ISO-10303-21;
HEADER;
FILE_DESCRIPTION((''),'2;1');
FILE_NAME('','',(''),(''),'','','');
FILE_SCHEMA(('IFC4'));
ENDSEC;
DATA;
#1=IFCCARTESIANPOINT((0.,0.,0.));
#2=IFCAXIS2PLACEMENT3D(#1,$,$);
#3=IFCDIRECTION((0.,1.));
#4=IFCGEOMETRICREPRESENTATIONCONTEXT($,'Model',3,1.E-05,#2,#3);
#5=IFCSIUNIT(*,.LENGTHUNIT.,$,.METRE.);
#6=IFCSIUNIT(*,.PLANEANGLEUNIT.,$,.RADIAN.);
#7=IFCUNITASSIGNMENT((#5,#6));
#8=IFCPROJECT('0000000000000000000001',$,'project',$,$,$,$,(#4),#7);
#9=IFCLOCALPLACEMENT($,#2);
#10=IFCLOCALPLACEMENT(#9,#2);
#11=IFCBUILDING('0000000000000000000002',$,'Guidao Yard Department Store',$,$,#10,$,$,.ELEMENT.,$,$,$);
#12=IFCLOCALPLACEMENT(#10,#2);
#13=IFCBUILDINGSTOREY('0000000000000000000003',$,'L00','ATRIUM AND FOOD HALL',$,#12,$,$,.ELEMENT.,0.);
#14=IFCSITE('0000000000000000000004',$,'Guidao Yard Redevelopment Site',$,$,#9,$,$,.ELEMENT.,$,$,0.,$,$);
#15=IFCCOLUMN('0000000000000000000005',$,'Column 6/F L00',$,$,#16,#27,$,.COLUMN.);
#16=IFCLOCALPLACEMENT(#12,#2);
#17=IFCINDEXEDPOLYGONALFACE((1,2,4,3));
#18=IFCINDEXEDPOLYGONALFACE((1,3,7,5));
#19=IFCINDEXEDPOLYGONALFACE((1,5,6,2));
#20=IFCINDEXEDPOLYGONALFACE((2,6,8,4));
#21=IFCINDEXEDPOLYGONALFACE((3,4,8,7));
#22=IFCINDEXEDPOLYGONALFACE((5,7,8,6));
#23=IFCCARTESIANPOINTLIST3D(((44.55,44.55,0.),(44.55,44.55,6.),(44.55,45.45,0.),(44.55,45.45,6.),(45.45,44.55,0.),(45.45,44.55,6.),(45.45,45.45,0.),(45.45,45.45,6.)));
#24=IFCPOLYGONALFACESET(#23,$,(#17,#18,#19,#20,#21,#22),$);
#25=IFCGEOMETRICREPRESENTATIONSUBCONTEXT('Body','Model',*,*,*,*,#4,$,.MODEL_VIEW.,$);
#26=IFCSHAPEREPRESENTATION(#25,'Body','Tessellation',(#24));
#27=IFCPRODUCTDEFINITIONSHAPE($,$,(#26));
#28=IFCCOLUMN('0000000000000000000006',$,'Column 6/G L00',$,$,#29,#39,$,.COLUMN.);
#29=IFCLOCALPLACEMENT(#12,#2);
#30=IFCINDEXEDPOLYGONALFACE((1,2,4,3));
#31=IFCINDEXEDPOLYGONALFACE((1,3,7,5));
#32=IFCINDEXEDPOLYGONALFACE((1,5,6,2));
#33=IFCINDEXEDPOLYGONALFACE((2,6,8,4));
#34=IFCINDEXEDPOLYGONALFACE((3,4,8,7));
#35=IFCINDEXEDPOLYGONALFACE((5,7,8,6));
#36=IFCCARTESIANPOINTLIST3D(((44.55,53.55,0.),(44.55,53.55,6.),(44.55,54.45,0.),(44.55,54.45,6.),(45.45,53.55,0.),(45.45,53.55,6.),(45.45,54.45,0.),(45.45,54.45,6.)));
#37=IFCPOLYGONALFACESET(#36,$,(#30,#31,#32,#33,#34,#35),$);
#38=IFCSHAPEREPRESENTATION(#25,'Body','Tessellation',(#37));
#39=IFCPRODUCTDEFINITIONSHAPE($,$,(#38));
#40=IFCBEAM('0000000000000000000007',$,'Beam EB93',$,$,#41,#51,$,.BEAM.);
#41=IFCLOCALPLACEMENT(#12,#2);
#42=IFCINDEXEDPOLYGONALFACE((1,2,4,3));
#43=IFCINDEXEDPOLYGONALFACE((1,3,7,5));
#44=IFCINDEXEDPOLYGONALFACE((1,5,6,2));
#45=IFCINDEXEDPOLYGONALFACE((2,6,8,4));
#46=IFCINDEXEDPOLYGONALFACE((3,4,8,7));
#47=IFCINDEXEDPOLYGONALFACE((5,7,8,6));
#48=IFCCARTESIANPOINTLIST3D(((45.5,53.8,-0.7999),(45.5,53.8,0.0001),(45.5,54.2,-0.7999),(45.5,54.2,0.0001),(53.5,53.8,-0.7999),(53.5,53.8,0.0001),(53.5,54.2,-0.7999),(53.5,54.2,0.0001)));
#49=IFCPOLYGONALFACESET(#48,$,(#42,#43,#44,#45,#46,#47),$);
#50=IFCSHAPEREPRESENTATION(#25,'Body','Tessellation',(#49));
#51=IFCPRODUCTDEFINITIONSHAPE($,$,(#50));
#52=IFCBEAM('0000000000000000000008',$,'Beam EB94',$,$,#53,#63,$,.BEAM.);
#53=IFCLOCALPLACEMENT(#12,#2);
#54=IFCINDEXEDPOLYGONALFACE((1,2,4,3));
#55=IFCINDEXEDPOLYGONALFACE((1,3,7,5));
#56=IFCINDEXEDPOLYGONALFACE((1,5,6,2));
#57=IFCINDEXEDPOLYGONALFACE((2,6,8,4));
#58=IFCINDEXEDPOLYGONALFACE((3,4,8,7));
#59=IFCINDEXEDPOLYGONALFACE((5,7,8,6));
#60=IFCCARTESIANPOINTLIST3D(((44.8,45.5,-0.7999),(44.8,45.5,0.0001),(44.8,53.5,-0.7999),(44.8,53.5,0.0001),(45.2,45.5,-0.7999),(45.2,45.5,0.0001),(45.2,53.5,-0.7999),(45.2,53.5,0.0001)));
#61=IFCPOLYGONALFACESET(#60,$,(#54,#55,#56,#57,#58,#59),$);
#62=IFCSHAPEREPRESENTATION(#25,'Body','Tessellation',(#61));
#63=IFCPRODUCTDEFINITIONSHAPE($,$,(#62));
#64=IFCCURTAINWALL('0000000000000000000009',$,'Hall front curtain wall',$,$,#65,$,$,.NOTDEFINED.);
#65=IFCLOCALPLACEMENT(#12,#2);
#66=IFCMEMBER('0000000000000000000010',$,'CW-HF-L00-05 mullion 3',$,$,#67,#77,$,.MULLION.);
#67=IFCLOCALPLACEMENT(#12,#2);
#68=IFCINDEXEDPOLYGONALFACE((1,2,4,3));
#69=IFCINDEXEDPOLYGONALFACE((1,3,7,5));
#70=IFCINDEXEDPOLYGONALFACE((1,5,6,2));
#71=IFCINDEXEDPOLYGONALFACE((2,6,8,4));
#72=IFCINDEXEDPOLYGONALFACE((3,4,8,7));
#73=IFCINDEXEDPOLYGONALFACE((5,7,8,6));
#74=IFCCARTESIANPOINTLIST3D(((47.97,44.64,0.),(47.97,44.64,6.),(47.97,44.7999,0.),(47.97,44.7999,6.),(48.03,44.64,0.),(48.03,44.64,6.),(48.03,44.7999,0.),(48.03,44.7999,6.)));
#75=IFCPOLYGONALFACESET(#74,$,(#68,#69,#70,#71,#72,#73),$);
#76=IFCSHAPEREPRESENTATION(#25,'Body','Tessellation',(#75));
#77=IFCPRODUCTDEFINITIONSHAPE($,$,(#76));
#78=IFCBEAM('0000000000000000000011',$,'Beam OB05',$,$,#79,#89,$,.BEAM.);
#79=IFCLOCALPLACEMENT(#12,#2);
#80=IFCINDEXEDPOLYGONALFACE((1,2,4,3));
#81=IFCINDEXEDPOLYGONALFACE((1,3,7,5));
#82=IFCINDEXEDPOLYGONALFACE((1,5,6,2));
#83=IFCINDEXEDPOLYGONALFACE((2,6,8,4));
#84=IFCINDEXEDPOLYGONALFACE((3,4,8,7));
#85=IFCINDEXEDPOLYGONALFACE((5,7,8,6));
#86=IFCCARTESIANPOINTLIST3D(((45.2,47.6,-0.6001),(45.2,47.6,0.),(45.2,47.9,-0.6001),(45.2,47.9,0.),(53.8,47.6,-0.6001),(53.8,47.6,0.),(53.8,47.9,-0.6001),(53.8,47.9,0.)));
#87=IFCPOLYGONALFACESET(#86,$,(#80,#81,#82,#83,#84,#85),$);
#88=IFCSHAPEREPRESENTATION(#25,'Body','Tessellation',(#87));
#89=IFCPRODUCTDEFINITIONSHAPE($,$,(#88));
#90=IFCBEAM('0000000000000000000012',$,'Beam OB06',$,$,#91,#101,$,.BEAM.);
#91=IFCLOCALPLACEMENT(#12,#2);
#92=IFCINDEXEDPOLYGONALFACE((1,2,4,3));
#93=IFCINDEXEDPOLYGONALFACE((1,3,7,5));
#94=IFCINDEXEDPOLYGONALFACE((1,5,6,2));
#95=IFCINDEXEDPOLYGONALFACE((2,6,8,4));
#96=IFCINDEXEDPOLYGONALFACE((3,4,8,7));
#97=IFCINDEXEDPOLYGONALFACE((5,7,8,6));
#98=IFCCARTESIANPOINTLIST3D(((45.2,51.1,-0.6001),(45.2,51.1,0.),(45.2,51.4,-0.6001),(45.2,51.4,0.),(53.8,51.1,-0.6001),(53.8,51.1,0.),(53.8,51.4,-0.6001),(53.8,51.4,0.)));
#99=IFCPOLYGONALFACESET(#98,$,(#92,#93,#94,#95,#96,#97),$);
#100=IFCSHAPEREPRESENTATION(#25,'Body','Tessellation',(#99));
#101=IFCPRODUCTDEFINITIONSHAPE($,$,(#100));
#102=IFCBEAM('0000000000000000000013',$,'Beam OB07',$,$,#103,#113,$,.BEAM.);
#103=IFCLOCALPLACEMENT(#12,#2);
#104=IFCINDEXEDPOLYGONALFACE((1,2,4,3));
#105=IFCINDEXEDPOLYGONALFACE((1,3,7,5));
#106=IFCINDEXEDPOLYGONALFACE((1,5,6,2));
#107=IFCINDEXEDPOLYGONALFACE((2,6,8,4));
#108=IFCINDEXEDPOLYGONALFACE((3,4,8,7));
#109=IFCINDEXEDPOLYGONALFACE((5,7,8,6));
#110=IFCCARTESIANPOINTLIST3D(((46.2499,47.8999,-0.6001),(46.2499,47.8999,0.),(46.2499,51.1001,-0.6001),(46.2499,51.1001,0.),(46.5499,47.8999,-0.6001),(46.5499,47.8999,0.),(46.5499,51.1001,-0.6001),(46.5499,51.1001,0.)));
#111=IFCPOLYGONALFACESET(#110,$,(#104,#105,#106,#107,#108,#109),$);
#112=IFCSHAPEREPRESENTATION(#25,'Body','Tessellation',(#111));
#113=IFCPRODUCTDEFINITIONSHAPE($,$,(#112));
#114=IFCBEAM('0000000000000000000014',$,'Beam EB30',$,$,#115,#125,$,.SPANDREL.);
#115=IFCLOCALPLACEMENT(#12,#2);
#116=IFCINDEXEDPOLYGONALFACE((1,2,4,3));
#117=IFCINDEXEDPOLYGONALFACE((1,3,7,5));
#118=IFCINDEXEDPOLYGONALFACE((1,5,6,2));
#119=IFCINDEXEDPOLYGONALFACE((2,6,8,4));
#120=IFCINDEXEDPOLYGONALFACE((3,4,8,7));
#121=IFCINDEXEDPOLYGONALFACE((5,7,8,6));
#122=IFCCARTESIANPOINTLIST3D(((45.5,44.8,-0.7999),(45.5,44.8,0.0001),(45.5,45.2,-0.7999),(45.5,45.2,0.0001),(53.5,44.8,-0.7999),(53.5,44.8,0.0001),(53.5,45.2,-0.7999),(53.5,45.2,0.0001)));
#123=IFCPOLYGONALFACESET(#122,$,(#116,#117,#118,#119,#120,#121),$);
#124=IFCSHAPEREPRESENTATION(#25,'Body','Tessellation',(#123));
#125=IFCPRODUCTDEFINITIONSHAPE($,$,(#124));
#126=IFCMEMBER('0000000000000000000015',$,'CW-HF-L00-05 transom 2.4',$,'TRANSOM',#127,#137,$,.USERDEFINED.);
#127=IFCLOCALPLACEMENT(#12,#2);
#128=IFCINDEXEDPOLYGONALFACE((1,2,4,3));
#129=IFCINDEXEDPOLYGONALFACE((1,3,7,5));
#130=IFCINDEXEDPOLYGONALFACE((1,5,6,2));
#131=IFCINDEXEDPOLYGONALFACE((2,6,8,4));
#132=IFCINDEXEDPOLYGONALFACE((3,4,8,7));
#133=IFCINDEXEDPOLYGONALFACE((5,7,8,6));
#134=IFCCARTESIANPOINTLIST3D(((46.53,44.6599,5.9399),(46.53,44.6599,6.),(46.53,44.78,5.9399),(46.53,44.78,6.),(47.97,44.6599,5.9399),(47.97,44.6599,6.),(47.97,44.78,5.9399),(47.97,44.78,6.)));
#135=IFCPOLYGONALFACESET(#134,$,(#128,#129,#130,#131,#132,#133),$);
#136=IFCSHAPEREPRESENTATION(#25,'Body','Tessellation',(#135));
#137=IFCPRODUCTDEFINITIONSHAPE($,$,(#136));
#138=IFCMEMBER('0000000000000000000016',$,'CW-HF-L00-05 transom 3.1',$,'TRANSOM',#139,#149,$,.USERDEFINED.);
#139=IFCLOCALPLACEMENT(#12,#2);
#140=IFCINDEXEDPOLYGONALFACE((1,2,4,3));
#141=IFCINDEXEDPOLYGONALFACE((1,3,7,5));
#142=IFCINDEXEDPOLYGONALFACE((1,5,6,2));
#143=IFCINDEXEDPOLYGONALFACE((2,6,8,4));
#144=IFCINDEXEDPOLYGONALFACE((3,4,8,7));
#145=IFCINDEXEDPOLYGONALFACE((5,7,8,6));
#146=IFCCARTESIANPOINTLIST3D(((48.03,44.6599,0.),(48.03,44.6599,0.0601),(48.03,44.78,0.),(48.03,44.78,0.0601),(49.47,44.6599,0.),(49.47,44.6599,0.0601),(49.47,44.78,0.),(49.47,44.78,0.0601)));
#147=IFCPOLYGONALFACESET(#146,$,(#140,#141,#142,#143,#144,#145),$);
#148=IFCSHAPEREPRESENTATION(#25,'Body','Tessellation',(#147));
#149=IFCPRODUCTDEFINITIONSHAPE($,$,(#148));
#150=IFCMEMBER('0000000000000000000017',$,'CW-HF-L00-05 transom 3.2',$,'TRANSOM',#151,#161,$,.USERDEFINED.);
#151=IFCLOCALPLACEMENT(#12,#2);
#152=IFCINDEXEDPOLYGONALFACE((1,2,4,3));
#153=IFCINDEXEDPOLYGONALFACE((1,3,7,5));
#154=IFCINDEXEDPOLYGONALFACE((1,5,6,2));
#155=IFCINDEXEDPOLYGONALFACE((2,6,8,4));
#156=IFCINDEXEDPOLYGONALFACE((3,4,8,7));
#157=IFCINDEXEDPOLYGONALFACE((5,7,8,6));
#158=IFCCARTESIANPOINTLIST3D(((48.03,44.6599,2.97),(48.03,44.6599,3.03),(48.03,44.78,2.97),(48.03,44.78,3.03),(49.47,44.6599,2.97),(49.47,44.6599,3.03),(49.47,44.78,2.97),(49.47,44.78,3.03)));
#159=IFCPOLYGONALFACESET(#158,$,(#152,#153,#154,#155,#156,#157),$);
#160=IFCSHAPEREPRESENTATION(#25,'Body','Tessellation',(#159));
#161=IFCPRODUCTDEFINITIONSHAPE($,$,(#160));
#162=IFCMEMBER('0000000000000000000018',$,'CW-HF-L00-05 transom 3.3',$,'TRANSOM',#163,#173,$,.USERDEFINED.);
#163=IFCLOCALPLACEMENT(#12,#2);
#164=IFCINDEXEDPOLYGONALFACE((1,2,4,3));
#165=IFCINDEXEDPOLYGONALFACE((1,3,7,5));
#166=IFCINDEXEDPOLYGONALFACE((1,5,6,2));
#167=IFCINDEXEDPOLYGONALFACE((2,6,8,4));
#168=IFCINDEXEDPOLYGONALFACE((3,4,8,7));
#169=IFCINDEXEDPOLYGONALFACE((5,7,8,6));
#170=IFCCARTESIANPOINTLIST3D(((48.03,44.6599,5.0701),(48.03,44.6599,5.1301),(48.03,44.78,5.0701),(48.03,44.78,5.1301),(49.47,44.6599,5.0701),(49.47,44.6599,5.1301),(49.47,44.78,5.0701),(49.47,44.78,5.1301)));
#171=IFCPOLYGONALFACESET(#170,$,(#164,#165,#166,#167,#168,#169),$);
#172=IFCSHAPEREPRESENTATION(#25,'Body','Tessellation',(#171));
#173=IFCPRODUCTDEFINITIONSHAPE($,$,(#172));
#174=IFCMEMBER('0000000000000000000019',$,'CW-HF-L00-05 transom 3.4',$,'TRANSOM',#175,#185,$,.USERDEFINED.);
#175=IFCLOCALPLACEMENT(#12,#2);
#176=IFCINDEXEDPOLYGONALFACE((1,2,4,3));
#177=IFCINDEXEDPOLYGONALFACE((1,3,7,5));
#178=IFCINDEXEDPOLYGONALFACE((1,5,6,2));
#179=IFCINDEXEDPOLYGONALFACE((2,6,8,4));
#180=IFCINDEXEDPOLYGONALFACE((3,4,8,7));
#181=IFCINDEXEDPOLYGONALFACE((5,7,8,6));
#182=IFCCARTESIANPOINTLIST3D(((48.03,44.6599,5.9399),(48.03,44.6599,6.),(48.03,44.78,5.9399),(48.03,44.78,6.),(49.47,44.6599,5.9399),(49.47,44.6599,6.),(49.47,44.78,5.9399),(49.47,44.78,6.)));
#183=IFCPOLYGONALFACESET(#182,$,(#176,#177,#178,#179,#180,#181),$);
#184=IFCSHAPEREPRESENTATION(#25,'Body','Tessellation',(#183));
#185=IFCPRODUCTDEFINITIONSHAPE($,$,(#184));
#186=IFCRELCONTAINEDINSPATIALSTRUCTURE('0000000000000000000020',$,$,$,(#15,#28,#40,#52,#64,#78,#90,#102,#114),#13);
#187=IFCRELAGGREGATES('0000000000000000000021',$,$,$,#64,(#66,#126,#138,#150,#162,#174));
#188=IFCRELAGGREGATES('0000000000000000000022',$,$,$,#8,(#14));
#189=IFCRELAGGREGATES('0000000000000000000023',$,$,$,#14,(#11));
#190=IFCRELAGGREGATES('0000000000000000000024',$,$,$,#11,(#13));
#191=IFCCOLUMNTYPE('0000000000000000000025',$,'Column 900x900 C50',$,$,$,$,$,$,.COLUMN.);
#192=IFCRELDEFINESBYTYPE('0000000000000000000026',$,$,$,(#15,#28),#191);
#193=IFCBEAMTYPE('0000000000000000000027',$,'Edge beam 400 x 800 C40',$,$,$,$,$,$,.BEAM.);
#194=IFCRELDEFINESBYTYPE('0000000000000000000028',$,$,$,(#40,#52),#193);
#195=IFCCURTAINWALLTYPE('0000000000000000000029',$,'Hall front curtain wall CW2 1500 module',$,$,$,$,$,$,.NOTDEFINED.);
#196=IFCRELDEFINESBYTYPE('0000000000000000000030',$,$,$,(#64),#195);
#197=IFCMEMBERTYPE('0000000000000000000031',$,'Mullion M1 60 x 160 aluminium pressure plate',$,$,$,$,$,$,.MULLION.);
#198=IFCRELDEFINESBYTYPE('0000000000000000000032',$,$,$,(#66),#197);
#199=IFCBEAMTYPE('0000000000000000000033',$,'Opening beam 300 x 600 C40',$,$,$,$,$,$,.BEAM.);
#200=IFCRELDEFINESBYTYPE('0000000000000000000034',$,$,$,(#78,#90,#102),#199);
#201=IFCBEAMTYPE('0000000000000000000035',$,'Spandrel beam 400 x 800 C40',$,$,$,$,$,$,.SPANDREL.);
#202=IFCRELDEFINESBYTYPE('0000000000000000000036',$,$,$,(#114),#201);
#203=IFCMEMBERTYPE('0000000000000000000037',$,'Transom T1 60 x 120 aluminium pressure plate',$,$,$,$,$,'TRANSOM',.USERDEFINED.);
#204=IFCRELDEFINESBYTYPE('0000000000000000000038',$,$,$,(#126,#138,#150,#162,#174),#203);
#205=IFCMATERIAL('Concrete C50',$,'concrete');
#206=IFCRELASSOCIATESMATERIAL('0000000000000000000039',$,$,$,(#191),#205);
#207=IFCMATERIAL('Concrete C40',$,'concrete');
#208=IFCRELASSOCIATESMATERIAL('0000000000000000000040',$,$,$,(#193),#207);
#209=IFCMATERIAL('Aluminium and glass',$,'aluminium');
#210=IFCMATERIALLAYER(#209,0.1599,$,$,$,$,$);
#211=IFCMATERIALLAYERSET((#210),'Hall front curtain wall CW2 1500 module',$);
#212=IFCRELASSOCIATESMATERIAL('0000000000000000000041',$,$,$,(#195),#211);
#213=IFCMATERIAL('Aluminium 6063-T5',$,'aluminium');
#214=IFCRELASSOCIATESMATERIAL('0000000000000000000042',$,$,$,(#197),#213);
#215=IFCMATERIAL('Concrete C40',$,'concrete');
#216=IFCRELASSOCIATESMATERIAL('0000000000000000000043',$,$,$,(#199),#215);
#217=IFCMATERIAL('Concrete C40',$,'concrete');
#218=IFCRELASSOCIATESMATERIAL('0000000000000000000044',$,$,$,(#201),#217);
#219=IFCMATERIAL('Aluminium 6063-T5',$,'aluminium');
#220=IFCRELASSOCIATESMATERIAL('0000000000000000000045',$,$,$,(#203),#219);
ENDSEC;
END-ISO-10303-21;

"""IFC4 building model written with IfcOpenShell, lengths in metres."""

from ifc_helpers import new_model, si_unit, direction, frame, origin, origin_2d, place, context, subcontext, project, spatial, rectangle, extrude, material, layer, layer_set, material_profile, profile_set, type_object, element, aggregate, save


model = new_model("IFC4")

# Units and contexts
model_context = context("Model", 3, precision=1e-05, world=origin(), true_north=direction((0.0, 1.0)))
body_context = subcontext(model_context, "Body", "Model", "MODEL_VIEW")
ifc_project = project(units=[si_unit("LENGTHUNIT", "METRE"), si_unit("PLANEANGLEUNIT", "RADIAN")], contexts=[model_context])

# Site, building, storey
site_placement = place(None, origin())
site = spatial("IfcSite", under=ifc_project, at=site_placement, Name="Guidao Yard Redevelopment Site", CompositionType="ELEMENT", RefElevation=0.0)
building_placement = place(site_placement, origin())
building = spatial("IfcBuilding", under=site, at=building_placement, Name="Guidao Yard Department Store", CompositionType="ELEMENT")
storey_placement = place(building_placement, origin())
storey = spatial("IfcBuildingStorey", under=building, at=storey_placement, Name="L00", Description="ATRIUM AND FOOD HALL", CompositionType="ELEMENT", Elevation=0.0)

# Columns
ifc_material_1 = material(Name="Concrete C50", Category="concrete")
ifc_material_profile_1 = material_profile(ifc_material_1, rectangle(XDim=0.8999, YDim=0.8999, at=origin_2d()), Name="COL 900x900")
ifc_profile_set_1 = profile_set([ifc_material_profile_1], Name="Concrete C50")
column_type = type_object("IfcColumnType", Name="Column 900x900 C50", PredefinedType="COLUMN", material=ifc_profile_set_1)
for number, where, z_axis, x_axis, name in (
    (1, (45.0, 45.0, 0.0), (0.0, 0.0, 1.0), (1.0, 0.0, 0.0), "Column 6/F L00"),
    (2, (45.0, 54.0, 0.0), (0.0, 0.0, 1.0), (1.0, 0.0, 0.0), "Column 6/G L00"),
):
    element("IfcColumn", number, at=place(storey_placement, frame(where, z_axis=z_axis, x_axis=x_axis)), inside=storey, type_object=column_type, Name=name, PredefinedType="COLUMN", context=body_context, shape_type="SweptSolid", body=[
        extrude(rectangle(XDim=0.8999, YDim=0.8999, at=origin_2d()), origin(), (0.0, 0.0, 1.0), 6.0),
    ])

# Beams
ifc_material_2 = material(Name="Concrete C40", Category="concrete")
ifc_material_profile_2 = material_profile(ifc_material_2, rectangle(XDim=0.3999, YDim=0.8, at=origin_2d()), Name="Edge beam 400 x 800 C40")
ifc_profile_set_2 = profile_set([ifc_material_profile_2], Name="Concrete C40")
beam_type_1 = type_object("IfcBeamType", Name="Edge beam 400 x 800 C40", PredefinedType="BEAM", material=ifc_profile_set_2)
for number, where, z_axis, x_axis, name in (
    (3, (45.5, 54.0, -0.3999), (1.0, 0.0, 0.0), (0.0, 1.0, 0.0), "Beam EB93"),
    (4, (45.0, 45.5, -0.3999), (0.0, 1.0, 0.0), (-1.0, 0.0, 0.0), "Beam EB94"),
):
    element("IfcBeam", number, at=place(storey_placement, frame(where, z_axis=z_axis, x_axis=x_axis)), inside=storey, type_object=beam_type_1, Name=name, PredefinedType="BEAM", context=body_context, shape_type="SweptSolid", body=[
        extrude(rectangle(XDim=0.3999, YDim=0.8, at=origin_2d()), origin(), (0.0, 0.0, 1.0), 8.0),
    ])

# Curtain wall, member
ifc_material_3 = material(Name="Aluminium and glass", Category="aluminium")
ifc_layer_1 = layer(ifc_material_3, 0.1599)
ifc_layer_set_1 = layer_set([ifc_layer_1], Name="Hall front curtain wall CW2 1500 module")
curtain_wall_type = type_object("IfcCurtainWallType", Name="Hall front curtain wall CW2 1500 module", PredefinedType="NOTDEFINED", material=ifc_layer_set_1)
curtain_wall_placement = place(storey_placement, origin())
curtain_wall = element("IfcCurtainWall", 5, at=curtain_wall_placement, inside=storey, type_object=curtain_wall_type, Name="Hall front curtain wall", PredefinedType="NOTDEFINED")
ifc_material_4 = material(Name="Aluminium 6063-T5", Category="aluminium")
ifc_material_profile_3 = material_profile(ifc_material_4, rectangle(XDim=0.0601, YDim=0.1599, at=origin_2d()), Name="Mullion M1 60 x 160 aluminium pressure plate")
ifc_profile_set_3 = profile_set([ifc_material_profile_3], Name="Aluminium 6063-T5")
member_type_1 = type_object("IfcMemberType", Name="Mullion M1 60 x 160 aluminium pressure plate", PredefinedType="MULLION", material=ifc_profile_set_3)
member_1_placement = place(storey_placement, frame((48.0, 44.72, 0.0), z_axis=(0.0, 0.0, 1.0), x_axis=(-1.0, 0.0, 0.0)))
member_1 = element("IfcMember", 6, at=member_1_placement, type_object=member_type_1, Name="CW-HF-L00-05 mullion 3", PredefinedType="MULLION", context=body_context, shape_type="SweptSolid", body=[
    extrude(rectangle(XDim=0.0601, YDim=0.1599, at=origin_2d()), origin(), (0.0, 0.0, 1.0), 6.0),
])

# Beams
ifc_material_5 = material(Name="Concrete C40", Category="concrete")
ifc_material_profile_4 = material_profile(ifc_material_5, rectangle(XDim=0.3, YDim=0.6001, at=origin_2d()), Name="Opening beam 300 x 600 C40")
ifc_profile_set_4 = profile_set([ifc_material_profile_4], Name="Concrete C40")
beam_type_2 = type_object("IfcBeamType", Name="Opening beam 300 x 600 C40", PredefinedType="BEAM", material=ifc_profile_set_4)
for number, where, z_axis, x_axis, name in (
    (7, (45.2, 47.75, -0.3), (1.0, 0.0, 0.0), (0.0, 1.0, 0.0), "Beam OB05"),
    (8, (45.2, 51.25, -0.3), (1.0, 0.0, 0.0), (0.0, 1.0, 0.0), "Beam OB06"),
):
    element("IfcBeam", number, at=place(storey_placement, frame(where, z_axis=z_axis, x_axis=x_axis)), inside=storey, type_object=beam_type_2, Name=name, PredefinedType="BEAM", context=body_context, shape_type="SweptSolid", body=[
        extrude(rectangle(XDim=0.3, YDim=0.6001, at=origin_2d()), origin(), (0.0, 0.0, 1.0), 8.6001),
    ])
beam_1_placement = place(storey_placement, frame((46.3999, 47.8999, -0.3), z_axis=(0.0, 1.0, 0.0), x_axis=(-1.0, 0.0, 0.0)))
element("IfcBeam", 9, at=beam_1_placement, inside=storey, type_object=beam_type_2, Name="Beam OB07", PredefinedType="BEAM", context=body_context, shape_type="SweptSolid", body=[
    extrude(rectangle(XDim=0.3, YDim=0.6001, at=origin_2d()), origin(), (0.0, 0.0, 1.0), 3.2002),
])
ifc_material_6 = material(Name="Concrete C40", Category="concrete")
ifc_material_profile_5 = material_profile(ifc_material_6, rectangle(XDim=0.3999, YDim=0.8, at=origin_2d()), Name="Spandrel beam 400 x 800 C40")
ifc_profile_set_5 = profile_set([ifc_material_profile_5], Name="Concrete C40")
beam_type_3 = type_object("IfcBeamType", Name="Spandrel beam 400 x 800 C40", PredefinedType="SPANDREL", material=ifc_profile_set_5)
beam_2_placement = place(storey_placement, frame((45.5, 45.0, -0.3999), z_axis=(1.0, 0.0, 0.0), x_axis=(0.0, 1.0, 0.0)))
element("IfcBeam", 10, at=beam_2_placement, inside=storey, type_object=beam_type_3, Name="Beam EB30", PredefinedType="SPANDREL", context=body_context, shape_type="SweptSolid", body=[
    extrude(rectangle(XDim=0.3999, YDim=0.8, at=origin_2d()), origin(), (0.0, 0.0, 1.0), 8.0),
])

# Members
ifc_material_7 = material(Name="Aluminium 6063-T5", Category="aluminium")
ifc_material_profile_6 = material_profile(ifc_material_7, rectangle(XDim=0.1201, YDim=0.0601, at=origin_2d()), Name="Transom T1 60 x 120 aluminium pressure plate")
ifc_profile_set_6 = profile_set([ifc_material_profile_6], Name="Aluminium 6063-T5")
member_type_2 = type_object("IfcMemberType", Name="Transom T1 60 x 120 aluminium pressure plate", ElementType="TRANSOM", PredefinedType="USERDEFINED", material=ifc_profile_set_6)
member_2_placement = place(storey_placement, frame((47.97, 44.72, 5.97), z_axis=(-1.0, 0.0, 0.0), x_axis=(0.0, -1.0, 0.0)))
member_2 = element("IfcMember", 11, at=member_2_placement, type_object=member_type_2, Name="CW-HF-L00-05 transom 2.4", ObjectType="TRANSOM", PredefinedType="USERDEFINED", context=body_context, shape_type="SweptSolid", body=[
    extrude(rectangle(XDim=0.1201, YDim=0.0601, at=origin_2d()), origin(), (0.0, 0.0, 1.0), 1.4399),
])
member_3_placement = place(storey_placement, frame((49.47, 44.72, 0.03), z_axis=(-1.0, 0.0, 0.0), x_axis=(0.0, -1.0, 0.0)))
member_3 = element("IfcMember", 12, at=member_3_placement, type_object=member_type_2, Name="CW-HF-L00-05 transom 3.1", ObjectType="TRANSOM", PredefinedType="USERDEFINED", context=body_context, shape_type="SweptSolid", body=[
    extrude(rectangle(XDim=0.1201, YDim=0.0601, at=origin_2d()), origin(), (0.0, 0.0, 1.0), 1.4399),
])
member_4_placement = place(storey_placement, frame((49.47, 44.72, 3.0), z_axis=(-1.0, 0.0, 0.0), x_axis=(0.0, -1.0, 0.0)))
member_4 = element("IfcMember", 13, at=member_4_placement, type_object=member_type_2, Name="CW-HF-L00-05 transom 3.2", ObjectType="TRANSOM", PredefinedType="USERDEFINED", context=body_context, shape_type="SweptSolid", body=[
    extrude(rectangle(XDim=0.1201, YDim=0.0601, at=origin_2d()), origin(), (0.0, 0.0, 1.0), 1.4399),
])
member_5_placement = place(storey_placement, frame((49.47, 44.72, 5.1001), z_axis=(-1.0, 0.0, 0.0), x_axis=(0.0, -1.0, 0.0)))
member_5 = element("IfcMember", 14, at=member_5_placement, type_object=member_type_2, Name="CW-HF-L00-05 transom 3.3", ObjectType="TRANSOM", PredefinedType="USERDEFINED", context=body_context, shape_type="SweptSolid", body=[
    extrude(rectangle(XDim=0.1201, YDim=0.0601, at=origin_2d()), origin(), (0.0, 0.0, 1.0), 1.4399),
])
member_6_placement = place(storey_placement, frame((49.47, 44.72, 5.97), z_axis=(-1.0, 0.0, 0.0), x_axis=(0.0, -1.0, 0.0)))
member_6 = element("IfcMember", 15, at=member_6_placement, type_object=member_type_2, Name="CW-HF-L00-05 transom 3.4", ObjectType="TRANSOM", PredefinedType="USERDEFINED", context=body_context, shape_type="SweptSolid", body=[
    extrude(rectangle(XDim=0.1201, YDim=0.0601, at=origin_2d()), origin(), (0.0, 0.0, 1.0), 1.4399),
])

aggregate(curtain_wall, [member_1, member_2, member_3, member_4, member_5, member_6])

save(model, "model.ifc")
